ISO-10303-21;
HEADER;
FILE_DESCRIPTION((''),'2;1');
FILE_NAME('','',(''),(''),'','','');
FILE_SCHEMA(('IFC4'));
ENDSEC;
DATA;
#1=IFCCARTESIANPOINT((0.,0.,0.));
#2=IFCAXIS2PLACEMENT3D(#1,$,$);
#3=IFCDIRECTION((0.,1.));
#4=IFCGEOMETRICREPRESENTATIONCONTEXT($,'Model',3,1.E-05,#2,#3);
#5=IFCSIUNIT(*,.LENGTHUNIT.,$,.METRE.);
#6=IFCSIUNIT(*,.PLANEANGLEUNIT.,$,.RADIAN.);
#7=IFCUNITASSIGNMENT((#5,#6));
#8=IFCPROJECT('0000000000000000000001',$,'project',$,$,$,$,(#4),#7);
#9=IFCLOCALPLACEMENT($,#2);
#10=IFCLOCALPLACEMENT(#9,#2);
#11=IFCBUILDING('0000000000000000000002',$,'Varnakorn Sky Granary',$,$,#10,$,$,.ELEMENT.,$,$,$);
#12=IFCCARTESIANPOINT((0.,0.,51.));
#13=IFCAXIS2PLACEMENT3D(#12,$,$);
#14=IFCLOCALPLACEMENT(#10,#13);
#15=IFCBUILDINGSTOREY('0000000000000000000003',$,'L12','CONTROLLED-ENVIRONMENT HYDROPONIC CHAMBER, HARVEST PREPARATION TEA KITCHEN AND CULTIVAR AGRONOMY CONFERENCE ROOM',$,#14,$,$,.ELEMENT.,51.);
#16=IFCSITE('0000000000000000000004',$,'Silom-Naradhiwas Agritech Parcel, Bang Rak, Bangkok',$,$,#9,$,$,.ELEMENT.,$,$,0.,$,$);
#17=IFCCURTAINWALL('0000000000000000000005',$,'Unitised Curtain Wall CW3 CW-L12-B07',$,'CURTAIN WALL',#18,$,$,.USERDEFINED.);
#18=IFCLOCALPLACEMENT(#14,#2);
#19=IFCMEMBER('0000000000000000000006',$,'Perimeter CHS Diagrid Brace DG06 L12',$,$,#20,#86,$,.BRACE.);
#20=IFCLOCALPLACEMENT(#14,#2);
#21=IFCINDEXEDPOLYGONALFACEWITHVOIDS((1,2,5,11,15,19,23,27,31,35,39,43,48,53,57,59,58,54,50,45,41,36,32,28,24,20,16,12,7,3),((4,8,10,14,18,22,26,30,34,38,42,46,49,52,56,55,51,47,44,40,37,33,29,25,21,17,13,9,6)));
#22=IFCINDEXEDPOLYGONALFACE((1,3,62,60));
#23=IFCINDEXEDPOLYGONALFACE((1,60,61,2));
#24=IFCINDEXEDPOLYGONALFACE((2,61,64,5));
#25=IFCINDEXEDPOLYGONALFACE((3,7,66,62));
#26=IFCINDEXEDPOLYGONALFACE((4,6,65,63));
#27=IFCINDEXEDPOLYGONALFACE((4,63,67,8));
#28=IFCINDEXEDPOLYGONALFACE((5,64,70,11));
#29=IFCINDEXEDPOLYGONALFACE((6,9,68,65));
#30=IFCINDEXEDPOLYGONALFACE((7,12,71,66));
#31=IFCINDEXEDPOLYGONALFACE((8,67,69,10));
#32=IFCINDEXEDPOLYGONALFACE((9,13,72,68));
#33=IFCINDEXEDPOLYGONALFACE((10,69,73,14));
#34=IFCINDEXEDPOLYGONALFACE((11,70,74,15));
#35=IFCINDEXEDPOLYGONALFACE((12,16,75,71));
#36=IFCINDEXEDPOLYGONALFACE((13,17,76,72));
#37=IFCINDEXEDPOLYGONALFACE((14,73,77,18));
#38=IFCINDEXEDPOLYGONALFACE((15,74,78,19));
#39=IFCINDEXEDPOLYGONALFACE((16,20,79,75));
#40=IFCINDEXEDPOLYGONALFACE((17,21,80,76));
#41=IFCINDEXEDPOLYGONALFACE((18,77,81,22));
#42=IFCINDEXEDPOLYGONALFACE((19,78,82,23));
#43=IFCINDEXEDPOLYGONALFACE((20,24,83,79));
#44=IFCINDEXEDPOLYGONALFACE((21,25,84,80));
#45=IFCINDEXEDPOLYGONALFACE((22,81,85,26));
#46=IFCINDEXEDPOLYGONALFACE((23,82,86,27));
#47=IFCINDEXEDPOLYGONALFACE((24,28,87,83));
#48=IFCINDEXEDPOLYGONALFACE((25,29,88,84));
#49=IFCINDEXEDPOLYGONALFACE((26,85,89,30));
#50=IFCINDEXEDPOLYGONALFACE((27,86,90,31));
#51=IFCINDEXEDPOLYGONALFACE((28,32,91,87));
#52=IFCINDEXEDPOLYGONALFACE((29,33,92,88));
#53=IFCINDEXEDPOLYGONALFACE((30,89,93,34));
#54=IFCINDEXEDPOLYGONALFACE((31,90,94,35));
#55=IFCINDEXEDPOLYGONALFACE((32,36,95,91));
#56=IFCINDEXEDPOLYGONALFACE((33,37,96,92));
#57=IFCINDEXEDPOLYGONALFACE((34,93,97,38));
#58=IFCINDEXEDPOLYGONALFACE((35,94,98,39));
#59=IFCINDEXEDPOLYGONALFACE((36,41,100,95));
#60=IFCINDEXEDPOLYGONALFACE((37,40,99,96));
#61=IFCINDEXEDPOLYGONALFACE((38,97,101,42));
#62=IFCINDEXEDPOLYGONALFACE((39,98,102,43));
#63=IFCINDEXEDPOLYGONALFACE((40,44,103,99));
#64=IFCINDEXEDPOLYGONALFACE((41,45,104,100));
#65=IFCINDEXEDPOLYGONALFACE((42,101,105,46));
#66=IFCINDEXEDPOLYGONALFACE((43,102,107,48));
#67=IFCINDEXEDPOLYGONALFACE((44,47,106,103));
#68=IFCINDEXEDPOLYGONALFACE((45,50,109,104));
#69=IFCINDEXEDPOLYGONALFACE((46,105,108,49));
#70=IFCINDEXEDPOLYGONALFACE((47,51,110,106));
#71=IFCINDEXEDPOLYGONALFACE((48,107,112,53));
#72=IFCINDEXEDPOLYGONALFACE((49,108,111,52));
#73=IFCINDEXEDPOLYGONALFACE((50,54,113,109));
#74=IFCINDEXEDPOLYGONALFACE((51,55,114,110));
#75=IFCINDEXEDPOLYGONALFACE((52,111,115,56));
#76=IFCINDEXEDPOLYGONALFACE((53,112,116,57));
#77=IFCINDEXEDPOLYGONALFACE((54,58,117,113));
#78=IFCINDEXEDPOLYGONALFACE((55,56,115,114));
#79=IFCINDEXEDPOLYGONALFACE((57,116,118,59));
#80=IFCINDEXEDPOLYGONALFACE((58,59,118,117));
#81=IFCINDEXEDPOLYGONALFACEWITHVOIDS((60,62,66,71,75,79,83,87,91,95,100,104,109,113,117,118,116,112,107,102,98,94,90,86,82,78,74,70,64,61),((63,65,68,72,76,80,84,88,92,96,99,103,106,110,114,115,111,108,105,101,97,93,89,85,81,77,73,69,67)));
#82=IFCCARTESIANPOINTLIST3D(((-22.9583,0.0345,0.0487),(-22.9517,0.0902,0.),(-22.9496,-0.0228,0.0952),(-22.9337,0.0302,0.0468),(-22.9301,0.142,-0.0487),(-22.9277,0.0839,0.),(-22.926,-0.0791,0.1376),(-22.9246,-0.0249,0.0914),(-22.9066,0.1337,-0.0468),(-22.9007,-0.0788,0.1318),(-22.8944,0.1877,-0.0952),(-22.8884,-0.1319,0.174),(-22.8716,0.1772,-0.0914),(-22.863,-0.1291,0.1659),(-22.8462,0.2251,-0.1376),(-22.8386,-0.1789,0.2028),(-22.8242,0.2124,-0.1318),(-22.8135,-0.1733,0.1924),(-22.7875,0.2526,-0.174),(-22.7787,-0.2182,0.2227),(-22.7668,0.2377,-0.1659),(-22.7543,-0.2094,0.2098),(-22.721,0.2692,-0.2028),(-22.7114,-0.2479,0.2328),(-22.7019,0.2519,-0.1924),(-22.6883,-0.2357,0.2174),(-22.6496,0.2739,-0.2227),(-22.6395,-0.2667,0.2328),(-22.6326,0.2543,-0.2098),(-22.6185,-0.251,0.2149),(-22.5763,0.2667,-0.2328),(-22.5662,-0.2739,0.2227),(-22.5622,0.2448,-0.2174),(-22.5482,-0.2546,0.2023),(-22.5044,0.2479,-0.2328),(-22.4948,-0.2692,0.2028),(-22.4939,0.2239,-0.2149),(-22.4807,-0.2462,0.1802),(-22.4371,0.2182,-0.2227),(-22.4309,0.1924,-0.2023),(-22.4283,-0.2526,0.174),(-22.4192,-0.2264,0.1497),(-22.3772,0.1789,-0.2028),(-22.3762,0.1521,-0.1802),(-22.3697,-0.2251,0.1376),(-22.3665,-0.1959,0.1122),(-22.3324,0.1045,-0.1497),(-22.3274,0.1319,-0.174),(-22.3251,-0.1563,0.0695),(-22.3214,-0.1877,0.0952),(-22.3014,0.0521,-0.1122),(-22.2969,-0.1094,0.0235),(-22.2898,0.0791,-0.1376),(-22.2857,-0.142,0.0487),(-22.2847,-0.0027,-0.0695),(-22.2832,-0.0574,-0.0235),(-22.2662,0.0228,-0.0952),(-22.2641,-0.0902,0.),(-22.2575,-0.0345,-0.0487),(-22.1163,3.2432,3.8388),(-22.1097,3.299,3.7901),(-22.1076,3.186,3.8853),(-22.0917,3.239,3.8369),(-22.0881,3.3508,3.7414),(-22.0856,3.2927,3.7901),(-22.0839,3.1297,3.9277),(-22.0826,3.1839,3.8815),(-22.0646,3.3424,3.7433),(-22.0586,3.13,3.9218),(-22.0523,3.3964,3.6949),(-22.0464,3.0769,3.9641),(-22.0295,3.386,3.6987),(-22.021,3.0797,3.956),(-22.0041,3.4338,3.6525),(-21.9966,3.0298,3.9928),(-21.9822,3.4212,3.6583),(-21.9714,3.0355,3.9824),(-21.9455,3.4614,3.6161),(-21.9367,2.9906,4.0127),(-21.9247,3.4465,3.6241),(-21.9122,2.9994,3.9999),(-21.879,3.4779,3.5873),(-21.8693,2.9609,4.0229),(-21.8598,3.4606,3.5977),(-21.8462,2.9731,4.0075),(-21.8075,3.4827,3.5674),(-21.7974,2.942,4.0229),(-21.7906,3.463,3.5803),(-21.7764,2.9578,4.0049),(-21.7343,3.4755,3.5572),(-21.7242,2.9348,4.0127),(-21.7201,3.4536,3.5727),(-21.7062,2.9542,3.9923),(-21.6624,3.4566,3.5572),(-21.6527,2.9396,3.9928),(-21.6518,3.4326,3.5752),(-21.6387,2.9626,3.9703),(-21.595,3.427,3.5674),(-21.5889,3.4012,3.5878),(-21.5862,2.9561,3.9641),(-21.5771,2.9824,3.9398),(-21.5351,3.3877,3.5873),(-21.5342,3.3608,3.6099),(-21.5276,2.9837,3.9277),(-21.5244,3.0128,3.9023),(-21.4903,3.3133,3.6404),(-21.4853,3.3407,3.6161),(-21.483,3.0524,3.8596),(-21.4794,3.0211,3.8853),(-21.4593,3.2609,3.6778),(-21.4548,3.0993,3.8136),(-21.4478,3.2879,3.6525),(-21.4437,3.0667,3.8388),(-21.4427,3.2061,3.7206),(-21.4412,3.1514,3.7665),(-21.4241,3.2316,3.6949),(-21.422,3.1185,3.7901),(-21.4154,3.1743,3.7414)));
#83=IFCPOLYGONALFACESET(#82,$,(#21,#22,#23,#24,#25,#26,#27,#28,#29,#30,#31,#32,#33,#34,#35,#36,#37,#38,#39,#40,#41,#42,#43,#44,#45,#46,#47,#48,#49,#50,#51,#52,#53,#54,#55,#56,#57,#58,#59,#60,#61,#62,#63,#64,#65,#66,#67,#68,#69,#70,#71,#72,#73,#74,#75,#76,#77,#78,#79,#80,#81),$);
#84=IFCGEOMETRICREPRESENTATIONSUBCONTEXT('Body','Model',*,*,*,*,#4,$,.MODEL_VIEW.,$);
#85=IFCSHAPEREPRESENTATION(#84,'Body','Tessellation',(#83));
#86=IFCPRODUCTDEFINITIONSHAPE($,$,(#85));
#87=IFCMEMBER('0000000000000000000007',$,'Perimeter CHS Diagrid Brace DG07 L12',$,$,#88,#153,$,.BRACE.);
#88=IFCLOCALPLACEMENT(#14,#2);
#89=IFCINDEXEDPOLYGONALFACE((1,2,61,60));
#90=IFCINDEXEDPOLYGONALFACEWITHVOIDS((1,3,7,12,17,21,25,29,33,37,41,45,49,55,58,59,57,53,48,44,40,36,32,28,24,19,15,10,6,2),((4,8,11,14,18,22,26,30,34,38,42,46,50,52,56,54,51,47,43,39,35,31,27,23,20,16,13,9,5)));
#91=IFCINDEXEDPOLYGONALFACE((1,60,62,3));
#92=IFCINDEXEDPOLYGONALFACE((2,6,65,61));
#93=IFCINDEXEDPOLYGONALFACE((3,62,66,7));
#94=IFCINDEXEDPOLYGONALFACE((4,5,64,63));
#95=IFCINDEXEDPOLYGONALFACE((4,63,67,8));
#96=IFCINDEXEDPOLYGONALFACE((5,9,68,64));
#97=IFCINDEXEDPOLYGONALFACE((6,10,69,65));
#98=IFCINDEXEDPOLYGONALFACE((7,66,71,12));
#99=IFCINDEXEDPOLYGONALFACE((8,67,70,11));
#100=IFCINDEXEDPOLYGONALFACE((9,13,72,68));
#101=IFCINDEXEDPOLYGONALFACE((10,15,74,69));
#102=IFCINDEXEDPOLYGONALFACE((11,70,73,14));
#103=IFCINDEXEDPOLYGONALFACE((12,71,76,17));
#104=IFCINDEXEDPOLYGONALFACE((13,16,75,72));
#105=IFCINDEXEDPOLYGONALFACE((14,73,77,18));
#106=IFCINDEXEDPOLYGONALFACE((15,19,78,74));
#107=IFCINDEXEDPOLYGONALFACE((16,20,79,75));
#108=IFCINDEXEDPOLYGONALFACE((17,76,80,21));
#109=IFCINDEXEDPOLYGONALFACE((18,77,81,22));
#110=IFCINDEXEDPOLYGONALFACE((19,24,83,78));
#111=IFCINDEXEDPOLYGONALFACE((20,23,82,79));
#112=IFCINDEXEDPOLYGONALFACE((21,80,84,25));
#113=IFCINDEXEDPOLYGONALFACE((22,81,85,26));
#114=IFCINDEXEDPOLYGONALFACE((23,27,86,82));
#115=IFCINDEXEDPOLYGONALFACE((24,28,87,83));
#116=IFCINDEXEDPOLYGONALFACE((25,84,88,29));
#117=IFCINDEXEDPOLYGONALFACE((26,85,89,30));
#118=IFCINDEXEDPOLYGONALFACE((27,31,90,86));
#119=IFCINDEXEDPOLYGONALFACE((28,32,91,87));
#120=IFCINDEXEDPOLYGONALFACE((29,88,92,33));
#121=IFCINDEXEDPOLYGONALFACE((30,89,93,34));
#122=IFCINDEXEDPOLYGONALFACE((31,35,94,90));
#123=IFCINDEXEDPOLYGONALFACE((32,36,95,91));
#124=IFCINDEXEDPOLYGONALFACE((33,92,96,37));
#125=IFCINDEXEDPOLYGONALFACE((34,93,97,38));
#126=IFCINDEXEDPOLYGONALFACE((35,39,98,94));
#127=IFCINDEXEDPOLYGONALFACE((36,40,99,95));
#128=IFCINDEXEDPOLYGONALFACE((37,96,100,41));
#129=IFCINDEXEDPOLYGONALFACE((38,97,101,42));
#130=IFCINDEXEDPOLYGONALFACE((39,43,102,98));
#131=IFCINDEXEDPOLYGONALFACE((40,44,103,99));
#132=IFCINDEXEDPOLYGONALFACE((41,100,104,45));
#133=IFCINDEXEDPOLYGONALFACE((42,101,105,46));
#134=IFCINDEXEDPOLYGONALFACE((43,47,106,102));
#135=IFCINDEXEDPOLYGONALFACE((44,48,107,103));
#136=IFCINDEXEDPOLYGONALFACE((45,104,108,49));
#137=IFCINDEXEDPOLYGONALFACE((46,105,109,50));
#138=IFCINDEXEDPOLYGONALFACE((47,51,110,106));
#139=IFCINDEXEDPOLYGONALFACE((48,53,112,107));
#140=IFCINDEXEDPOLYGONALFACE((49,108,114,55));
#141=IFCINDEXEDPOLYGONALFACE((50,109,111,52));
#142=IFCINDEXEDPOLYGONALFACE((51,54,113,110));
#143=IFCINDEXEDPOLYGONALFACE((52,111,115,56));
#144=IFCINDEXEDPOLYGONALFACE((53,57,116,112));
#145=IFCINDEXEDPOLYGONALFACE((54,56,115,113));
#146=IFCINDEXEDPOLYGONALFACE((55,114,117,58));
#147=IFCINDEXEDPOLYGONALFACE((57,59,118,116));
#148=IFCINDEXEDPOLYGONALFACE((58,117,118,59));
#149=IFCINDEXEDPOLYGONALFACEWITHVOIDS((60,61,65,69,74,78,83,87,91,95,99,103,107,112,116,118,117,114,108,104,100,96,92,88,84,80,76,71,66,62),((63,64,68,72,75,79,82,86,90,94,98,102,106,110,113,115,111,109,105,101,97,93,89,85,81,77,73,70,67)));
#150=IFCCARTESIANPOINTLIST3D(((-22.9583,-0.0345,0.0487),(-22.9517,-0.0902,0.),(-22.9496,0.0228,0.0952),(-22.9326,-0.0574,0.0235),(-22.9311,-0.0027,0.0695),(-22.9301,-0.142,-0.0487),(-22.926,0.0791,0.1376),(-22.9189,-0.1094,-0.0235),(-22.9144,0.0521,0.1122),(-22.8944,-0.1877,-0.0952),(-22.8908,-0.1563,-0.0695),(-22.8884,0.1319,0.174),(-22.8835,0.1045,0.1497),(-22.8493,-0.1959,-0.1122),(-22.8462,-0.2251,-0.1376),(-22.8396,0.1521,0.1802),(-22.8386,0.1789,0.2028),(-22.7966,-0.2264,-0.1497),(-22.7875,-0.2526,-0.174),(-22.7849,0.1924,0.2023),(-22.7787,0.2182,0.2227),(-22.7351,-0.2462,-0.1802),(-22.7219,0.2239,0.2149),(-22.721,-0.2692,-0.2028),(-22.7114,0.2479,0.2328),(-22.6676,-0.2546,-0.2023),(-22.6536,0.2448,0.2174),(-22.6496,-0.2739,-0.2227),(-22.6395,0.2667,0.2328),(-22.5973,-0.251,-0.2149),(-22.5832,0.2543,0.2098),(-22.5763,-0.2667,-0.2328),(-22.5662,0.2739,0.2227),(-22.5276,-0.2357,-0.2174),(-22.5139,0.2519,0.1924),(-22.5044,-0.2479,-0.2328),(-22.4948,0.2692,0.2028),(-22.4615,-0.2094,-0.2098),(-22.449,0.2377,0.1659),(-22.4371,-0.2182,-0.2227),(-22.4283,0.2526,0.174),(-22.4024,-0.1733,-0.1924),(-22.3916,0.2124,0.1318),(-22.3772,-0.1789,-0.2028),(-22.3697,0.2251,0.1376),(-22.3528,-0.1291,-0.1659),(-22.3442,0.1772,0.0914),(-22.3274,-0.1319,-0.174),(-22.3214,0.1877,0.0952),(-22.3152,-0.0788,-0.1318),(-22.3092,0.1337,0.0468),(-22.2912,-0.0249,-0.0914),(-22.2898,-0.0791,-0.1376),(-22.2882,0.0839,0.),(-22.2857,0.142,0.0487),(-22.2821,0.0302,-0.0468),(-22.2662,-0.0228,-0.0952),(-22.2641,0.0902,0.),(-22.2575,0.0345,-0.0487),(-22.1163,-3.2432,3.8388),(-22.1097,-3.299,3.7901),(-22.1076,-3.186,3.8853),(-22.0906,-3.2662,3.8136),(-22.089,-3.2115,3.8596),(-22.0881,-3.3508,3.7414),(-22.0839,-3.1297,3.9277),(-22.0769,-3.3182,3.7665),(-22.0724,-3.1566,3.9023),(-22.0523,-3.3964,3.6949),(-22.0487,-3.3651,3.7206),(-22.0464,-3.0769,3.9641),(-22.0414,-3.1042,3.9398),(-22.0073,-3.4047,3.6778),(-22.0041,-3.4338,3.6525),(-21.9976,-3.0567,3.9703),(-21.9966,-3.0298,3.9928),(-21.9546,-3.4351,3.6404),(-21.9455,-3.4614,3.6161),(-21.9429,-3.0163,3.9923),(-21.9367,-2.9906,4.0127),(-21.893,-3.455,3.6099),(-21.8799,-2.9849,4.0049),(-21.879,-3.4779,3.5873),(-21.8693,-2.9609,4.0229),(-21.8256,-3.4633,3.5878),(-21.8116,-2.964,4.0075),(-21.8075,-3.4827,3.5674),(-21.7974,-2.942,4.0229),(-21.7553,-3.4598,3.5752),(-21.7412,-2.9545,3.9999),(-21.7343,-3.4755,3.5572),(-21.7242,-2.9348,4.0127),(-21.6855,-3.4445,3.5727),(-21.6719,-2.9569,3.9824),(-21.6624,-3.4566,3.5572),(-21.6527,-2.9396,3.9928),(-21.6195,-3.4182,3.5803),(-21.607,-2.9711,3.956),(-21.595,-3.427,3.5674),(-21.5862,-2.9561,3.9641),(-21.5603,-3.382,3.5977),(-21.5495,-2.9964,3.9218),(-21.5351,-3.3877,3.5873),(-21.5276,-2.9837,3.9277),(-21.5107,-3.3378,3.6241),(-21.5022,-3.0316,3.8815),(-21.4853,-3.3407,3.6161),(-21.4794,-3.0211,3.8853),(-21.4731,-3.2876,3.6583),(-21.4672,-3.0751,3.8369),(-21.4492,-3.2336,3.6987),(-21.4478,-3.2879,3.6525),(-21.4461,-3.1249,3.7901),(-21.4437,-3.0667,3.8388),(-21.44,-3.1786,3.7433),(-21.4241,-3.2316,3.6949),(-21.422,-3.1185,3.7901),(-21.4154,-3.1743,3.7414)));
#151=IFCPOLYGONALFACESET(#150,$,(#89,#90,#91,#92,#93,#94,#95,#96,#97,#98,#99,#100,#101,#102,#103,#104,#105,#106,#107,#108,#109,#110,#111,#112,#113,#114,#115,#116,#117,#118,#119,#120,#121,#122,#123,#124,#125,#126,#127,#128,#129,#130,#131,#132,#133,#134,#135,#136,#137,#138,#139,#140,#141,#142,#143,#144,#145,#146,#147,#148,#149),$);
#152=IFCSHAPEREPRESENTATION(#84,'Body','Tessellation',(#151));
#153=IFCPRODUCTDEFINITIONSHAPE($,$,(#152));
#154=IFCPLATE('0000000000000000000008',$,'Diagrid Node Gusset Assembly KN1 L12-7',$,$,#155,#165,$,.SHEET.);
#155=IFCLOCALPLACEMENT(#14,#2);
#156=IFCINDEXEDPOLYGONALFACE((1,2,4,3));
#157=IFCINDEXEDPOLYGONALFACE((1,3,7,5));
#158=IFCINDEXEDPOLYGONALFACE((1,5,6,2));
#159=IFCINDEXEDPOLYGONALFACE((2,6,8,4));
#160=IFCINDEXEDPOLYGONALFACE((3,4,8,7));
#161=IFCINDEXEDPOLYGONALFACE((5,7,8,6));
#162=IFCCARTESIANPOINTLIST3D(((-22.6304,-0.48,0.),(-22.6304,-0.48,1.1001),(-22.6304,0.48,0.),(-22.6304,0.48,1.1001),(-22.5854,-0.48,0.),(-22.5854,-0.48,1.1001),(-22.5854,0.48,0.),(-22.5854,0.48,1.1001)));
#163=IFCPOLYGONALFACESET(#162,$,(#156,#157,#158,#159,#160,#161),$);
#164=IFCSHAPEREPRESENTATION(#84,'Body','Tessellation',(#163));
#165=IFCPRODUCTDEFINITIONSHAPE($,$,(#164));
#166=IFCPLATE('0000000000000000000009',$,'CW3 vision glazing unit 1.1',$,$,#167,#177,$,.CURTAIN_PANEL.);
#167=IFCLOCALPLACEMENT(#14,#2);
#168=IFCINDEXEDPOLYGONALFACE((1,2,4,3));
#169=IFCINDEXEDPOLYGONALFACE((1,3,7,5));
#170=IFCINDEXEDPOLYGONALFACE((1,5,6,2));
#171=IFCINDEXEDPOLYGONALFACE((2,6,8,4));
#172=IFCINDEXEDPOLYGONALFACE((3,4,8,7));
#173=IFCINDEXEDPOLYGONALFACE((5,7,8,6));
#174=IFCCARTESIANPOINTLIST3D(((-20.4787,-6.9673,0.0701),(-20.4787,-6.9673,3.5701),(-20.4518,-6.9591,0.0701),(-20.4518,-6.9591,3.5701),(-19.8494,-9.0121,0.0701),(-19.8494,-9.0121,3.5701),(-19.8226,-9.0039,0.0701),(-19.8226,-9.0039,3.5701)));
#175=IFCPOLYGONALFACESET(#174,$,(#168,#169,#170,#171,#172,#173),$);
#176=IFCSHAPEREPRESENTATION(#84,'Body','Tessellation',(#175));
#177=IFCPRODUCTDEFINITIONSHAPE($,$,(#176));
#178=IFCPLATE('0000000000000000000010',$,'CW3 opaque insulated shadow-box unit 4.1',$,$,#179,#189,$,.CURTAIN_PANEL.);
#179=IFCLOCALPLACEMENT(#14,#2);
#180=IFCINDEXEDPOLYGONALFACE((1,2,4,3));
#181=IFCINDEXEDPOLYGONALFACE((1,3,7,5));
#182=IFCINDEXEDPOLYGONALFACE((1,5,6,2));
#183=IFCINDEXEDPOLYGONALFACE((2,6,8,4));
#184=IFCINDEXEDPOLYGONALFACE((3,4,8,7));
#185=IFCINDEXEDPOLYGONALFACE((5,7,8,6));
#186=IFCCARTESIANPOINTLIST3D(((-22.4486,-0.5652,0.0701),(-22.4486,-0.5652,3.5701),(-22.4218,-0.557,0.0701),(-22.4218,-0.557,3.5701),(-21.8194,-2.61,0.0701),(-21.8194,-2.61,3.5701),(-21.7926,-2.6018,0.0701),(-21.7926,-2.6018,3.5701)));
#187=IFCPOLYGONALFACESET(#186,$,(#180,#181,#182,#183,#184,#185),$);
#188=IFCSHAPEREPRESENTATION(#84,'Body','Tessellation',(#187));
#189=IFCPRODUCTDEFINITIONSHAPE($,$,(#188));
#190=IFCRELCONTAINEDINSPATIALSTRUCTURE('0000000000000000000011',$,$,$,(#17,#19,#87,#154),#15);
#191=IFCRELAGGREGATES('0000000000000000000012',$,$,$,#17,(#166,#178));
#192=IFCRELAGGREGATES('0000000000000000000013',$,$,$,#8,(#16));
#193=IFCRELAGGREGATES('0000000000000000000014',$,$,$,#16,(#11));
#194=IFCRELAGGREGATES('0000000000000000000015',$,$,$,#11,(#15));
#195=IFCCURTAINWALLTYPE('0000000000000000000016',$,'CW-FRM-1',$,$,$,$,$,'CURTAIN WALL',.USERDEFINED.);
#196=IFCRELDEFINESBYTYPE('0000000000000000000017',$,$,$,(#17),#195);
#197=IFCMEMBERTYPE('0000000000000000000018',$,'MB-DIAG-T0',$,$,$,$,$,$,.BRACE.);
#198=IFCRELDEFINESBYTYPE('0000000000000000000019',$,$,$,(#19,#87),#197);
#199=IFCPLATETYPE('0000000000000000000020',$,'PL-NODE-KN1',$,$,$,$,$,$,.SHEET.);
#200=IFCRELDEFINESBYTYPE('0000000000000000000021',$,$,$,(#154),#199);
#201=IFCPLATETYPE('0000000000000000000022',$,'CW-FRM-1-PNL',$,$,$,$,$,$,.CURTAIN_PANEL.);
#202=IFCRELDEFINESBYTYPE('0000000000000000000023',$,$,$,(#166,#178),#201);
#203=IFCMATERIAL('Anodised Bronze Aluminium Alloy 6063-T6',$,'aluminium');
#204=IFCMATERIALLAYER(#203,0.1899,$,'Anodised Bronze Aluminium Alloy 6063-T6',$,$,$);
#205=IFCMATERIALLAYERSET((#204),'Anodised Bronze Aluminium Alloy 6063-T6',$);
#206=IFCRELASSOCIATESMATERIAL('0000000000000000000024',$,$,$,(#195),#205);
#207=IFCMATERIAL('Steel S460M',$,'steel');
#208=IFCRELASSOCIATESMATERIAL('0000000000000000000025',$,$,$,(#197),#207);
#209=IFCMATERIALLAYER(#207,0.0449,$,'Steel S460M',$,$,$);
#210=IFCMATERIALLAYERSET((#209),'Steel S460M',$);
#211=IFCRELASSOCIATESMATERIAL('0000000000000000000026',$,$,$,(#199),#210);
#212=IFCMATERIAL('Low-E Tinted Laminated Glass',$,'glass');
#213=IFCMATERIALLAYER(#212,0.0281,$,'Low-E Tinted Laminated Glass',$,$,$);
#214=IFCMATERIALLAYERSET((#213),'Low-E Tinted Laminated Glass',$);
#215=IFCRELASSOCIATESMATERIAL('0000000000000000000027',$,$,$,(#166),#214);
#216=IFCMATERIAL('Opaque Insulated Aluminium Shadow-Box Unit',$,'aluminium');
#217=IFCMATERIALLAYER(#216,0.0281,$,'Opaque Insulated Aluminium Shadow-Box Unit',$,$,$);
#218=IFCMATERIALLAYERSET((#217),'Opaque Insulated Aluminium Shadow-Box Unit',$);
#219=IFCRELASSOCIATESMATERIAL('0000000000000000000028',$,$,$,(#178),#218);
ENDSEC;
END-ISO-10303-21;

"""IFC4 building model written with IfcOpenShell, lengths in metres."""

from ifc_helpers import new_model, si_unit, direction, frame, origin, origin_2d, place, context, subcontext, project, spatial, rectangle, hollow_circle, extrude, source, transform, mapped, material, layer, layer_set, material_profile, profile_set, type_object, element, aggregate, save


model = new_model("IFC4")

# Units and contexts
model_context = context("Model", 3, precision=1e-05, world=origin(), true_north=direction((0.0, 1.0)))
body_context = subcontext(model_context, "Body", "Model", "MODEL_VIEW")
ifc_project = project(units=[si_unit("LENGTHUNIT", "METRE"), si_unit("PLANEANGLEUNIT", "RADIAN")], contexts=[model_context])

# Site, building, storey
site_placement = place(None, origin())
site = spatial("IfcSite", under=ifc_project, at=site_placement, Name="Silom-Naradhiwas Agritech Parcel, Bang Rak, Bangkok", CompositionType="ELEMENT", RefElevation=0.0)
building_placement = place(site_placement, origin())
building = spatial("IfcBuilding", under=site, at=building_placement, Name="Varnakorn Sky Granary", CompositionType="ELEMENT")
storey_placement = place(building_placement, frame((0.0, 0.0, 51.0)))
storey = spatial("IfcBuildingStorey", under=building, at=storey_placement, Name="L12", Description="CONTROLLED-ENVIRONMENT HYDROPONIC CHAMBER, HARVEST PREPARATION TEA KITCHEN AND CULTIVAR AGRONOMY CONFERENCE ROOM", CompositionType="ELEMENT", Elevation=51.0)

# Shared definitions
ifc_material_1 = material(Name="Steel S460M", Category="steel")

# Curtain wall
ifc_material_2 = material(Name="Anodised Bronze Aluminium Alloy 6063-T6", Category="aluminium")
ifc_layer_1 = layer(ifc_material_2, 0.1899, Name="Anodised Bronze Aluminium Alloy 6063-T6")
ifc_layer_set_1 = layer_set([ifc_layer_1], Name="Anodised Bronze Aluminium Alloy 6063-T6")
curtain_wall_type = type_object("IfcCurtainWallType", Name="CW-FRM-1", ElementType="CURTAIN WALL", PredefinedType="USERDEFINED", material=ifc_layer_set_1)
curtain_wall_placement = place(storey_placement, origin())
curtain_wall = element("IfcCurtainWall", 1, at=curtain_wall_placement, inside=storey, type_object=curtain_wall_type, Name="Unitised Curtain Wall CW3 CW-L12-B07", ObjectType="CURTAIN WALL", PredefinedType="USERDEFINED")

# Members
ifc_material_profile_1 = material_profile(ifc_material_1, hollow_circle(Radius=0.3555, WallThickness=0.0249, at=origin_2d()), Name="CHS 711x25")
ifc_profile_set_1 = profile_set([ifc_material_profile_1], Name="Steel S460M")
member_type_1 = type_object("IfcMemberType", Name="MB-DIAG-T0", PredefinedType="BRACE", material=ifc_profile_set_1)
for number, where, z_axis, x_axis, name in (
    (2, (-22.6079, 0.0, 0.0), (0.167177, 0.637058, 0.752468), (-0.96725, 0.253827, 0.0), "Perimeter CHS Diagrid Brace DG06 L12"),
    (3, (-22.6079, 0.0, 0.0), (0.167177, -0.637058, 0.752468), (0.96725, 0.253827, 0.0), "Perimeter CHS Diagrid Brace DG07 L12"),
):
    element("IfcMember", number, at=place(storey_placement, frame(where, z_axis=z_axis, x_axis=x_axis)), inside=storey, type_object=member_type_1, Name=name, PredefinedType="BRACE", context=body_context, shape_type="SweptSolid", body=[
        extrude(hollow_circle(Radius=0.3555, WallThickness=0.0249, at=origin_2d()), origin(), (0.0, 0.0, 1.0), 5.0369),
    ])

# Plates
ifc_layer_2 = layer(ifc_material_1, 0.0449, Name="Steel S460M")
ifc_layer_set_2 = layer_set([ifc_layer_2], Name="Steel S460M")
plate_type_1 = type_object("IfcPlateType", Name="PL-NODE-KN1", PredefinedType="SHEET", material=ifc_layer_set_2)
plate_1_placement = place(storey_placement, frame((-22.6079, 0.0, 0.0), z_axis=(0.0, 0.0, 1.0), x_axis=(0.0, -1.0, 0.0)))
element("IfcPlate", 4, at=plate_1_placement, inside=storey, type_object=plate_type_1, Name="Diagrid Node Gusset Assembly KN1 L12-7", PredefinedType="SHEET", context=body_context, shape_type="SweptSolid", body=[
    extrude(rectangle(XDim=0.96, YDim=0.0449, at=origin_2d()), origin(), (0.0, 0.0, 1.0), 1.1001),
])
ifc_material_3 = material(Name="Low-E Tinted Laminated Glass", Category="glass")
ifc_layer_3 = layer(ifc_material_3, 0.0281, Name="Low-E Tinted Laminated Glass")
ifc_layer_set_3 = layer_set([ifc_layer_3], Name="Low-E Tinted Laminated Glass")
plate_type_2 = type_object("IfcPlateType", Name="CW-FRM-1-PNL", PredefinedType="CURTAIN_PANEL")
shared_shape_1 = source(origin(), body_context, "Body", "SweptSolid", [
    extrude(rectangle(XDim=2.1394, YDim=0.0281, at=origin_2d()), origin(), (0.0, 0.0, 1.0), 3.5),
])
plate_2_placement = place(storey_placement, frame((-20.1506, -7.9856, 0.0701), z_axis=(0.0, 0.0, 1.0), x_axis=(-0.294122, 0.955768, 0.0)))
plate_2 = element("IfcPlate", 5, at=plate_2_placement, type_object=plate_type_2, material=ifc_layer_set_3, Name="CW3 vision glazing unit 1.1", PredefinedType="CURTAIN_PANEL", context=body_context, shape_type="MappedRepresentation", body=[
    mapped(shared_shape_1, transform((0.0, 0.0, 0.0), x_axis=(1.0, 0.0, 0.0), y_axis=(0.0, 1.0, 0.0), z_axis=(0.0, 0.0, 1.0), scale=1.0)),
])
ifc_material_4 = material(Name="Opaque Insulated Aluminium Shadow-Box Unit", Category="aluminium")
ifc_layer_4 = layer(ifc_material_4, 0.0281, Name="Opaque Insulated Aluminium Shadow-Box Unit")
ifc_layer_set_4 = layer_set([ifc_layer_4], Name="Opaque Insulated Aluminium Shadow-Box Unit")
plate_3_placement = place(storey_placement, frame((-22.1206, -1.5835, 0.0701), z_axis=(0.0, 0.0, 1.0), x_axis=(-0.294122, 0.955768, 0.0)))
plate_3 = element("IfcPlate", 6, at=plate_3_placement, type_object=plate_type_2, material=ifc_layer_set_4, Name="CW3 opaque insulated shadow-box unit 4.1", PredefinedType="CURTAIN_PANEL", context=body_context, shape_type="MappedRepresentation", body=[
    mapped(shared_shape_1, transform((0.0, 0.0, 0.0), x_axis=(1.0, 0.0, 0.0), y_axis=(0.0, 1.0, 0.0), z_axis=(0.0, 0.0, 1.0), scale=1.0)),
])
aggregate(curtain_wall, [plate_2, plate_3])

save(model, "model.ifc")
